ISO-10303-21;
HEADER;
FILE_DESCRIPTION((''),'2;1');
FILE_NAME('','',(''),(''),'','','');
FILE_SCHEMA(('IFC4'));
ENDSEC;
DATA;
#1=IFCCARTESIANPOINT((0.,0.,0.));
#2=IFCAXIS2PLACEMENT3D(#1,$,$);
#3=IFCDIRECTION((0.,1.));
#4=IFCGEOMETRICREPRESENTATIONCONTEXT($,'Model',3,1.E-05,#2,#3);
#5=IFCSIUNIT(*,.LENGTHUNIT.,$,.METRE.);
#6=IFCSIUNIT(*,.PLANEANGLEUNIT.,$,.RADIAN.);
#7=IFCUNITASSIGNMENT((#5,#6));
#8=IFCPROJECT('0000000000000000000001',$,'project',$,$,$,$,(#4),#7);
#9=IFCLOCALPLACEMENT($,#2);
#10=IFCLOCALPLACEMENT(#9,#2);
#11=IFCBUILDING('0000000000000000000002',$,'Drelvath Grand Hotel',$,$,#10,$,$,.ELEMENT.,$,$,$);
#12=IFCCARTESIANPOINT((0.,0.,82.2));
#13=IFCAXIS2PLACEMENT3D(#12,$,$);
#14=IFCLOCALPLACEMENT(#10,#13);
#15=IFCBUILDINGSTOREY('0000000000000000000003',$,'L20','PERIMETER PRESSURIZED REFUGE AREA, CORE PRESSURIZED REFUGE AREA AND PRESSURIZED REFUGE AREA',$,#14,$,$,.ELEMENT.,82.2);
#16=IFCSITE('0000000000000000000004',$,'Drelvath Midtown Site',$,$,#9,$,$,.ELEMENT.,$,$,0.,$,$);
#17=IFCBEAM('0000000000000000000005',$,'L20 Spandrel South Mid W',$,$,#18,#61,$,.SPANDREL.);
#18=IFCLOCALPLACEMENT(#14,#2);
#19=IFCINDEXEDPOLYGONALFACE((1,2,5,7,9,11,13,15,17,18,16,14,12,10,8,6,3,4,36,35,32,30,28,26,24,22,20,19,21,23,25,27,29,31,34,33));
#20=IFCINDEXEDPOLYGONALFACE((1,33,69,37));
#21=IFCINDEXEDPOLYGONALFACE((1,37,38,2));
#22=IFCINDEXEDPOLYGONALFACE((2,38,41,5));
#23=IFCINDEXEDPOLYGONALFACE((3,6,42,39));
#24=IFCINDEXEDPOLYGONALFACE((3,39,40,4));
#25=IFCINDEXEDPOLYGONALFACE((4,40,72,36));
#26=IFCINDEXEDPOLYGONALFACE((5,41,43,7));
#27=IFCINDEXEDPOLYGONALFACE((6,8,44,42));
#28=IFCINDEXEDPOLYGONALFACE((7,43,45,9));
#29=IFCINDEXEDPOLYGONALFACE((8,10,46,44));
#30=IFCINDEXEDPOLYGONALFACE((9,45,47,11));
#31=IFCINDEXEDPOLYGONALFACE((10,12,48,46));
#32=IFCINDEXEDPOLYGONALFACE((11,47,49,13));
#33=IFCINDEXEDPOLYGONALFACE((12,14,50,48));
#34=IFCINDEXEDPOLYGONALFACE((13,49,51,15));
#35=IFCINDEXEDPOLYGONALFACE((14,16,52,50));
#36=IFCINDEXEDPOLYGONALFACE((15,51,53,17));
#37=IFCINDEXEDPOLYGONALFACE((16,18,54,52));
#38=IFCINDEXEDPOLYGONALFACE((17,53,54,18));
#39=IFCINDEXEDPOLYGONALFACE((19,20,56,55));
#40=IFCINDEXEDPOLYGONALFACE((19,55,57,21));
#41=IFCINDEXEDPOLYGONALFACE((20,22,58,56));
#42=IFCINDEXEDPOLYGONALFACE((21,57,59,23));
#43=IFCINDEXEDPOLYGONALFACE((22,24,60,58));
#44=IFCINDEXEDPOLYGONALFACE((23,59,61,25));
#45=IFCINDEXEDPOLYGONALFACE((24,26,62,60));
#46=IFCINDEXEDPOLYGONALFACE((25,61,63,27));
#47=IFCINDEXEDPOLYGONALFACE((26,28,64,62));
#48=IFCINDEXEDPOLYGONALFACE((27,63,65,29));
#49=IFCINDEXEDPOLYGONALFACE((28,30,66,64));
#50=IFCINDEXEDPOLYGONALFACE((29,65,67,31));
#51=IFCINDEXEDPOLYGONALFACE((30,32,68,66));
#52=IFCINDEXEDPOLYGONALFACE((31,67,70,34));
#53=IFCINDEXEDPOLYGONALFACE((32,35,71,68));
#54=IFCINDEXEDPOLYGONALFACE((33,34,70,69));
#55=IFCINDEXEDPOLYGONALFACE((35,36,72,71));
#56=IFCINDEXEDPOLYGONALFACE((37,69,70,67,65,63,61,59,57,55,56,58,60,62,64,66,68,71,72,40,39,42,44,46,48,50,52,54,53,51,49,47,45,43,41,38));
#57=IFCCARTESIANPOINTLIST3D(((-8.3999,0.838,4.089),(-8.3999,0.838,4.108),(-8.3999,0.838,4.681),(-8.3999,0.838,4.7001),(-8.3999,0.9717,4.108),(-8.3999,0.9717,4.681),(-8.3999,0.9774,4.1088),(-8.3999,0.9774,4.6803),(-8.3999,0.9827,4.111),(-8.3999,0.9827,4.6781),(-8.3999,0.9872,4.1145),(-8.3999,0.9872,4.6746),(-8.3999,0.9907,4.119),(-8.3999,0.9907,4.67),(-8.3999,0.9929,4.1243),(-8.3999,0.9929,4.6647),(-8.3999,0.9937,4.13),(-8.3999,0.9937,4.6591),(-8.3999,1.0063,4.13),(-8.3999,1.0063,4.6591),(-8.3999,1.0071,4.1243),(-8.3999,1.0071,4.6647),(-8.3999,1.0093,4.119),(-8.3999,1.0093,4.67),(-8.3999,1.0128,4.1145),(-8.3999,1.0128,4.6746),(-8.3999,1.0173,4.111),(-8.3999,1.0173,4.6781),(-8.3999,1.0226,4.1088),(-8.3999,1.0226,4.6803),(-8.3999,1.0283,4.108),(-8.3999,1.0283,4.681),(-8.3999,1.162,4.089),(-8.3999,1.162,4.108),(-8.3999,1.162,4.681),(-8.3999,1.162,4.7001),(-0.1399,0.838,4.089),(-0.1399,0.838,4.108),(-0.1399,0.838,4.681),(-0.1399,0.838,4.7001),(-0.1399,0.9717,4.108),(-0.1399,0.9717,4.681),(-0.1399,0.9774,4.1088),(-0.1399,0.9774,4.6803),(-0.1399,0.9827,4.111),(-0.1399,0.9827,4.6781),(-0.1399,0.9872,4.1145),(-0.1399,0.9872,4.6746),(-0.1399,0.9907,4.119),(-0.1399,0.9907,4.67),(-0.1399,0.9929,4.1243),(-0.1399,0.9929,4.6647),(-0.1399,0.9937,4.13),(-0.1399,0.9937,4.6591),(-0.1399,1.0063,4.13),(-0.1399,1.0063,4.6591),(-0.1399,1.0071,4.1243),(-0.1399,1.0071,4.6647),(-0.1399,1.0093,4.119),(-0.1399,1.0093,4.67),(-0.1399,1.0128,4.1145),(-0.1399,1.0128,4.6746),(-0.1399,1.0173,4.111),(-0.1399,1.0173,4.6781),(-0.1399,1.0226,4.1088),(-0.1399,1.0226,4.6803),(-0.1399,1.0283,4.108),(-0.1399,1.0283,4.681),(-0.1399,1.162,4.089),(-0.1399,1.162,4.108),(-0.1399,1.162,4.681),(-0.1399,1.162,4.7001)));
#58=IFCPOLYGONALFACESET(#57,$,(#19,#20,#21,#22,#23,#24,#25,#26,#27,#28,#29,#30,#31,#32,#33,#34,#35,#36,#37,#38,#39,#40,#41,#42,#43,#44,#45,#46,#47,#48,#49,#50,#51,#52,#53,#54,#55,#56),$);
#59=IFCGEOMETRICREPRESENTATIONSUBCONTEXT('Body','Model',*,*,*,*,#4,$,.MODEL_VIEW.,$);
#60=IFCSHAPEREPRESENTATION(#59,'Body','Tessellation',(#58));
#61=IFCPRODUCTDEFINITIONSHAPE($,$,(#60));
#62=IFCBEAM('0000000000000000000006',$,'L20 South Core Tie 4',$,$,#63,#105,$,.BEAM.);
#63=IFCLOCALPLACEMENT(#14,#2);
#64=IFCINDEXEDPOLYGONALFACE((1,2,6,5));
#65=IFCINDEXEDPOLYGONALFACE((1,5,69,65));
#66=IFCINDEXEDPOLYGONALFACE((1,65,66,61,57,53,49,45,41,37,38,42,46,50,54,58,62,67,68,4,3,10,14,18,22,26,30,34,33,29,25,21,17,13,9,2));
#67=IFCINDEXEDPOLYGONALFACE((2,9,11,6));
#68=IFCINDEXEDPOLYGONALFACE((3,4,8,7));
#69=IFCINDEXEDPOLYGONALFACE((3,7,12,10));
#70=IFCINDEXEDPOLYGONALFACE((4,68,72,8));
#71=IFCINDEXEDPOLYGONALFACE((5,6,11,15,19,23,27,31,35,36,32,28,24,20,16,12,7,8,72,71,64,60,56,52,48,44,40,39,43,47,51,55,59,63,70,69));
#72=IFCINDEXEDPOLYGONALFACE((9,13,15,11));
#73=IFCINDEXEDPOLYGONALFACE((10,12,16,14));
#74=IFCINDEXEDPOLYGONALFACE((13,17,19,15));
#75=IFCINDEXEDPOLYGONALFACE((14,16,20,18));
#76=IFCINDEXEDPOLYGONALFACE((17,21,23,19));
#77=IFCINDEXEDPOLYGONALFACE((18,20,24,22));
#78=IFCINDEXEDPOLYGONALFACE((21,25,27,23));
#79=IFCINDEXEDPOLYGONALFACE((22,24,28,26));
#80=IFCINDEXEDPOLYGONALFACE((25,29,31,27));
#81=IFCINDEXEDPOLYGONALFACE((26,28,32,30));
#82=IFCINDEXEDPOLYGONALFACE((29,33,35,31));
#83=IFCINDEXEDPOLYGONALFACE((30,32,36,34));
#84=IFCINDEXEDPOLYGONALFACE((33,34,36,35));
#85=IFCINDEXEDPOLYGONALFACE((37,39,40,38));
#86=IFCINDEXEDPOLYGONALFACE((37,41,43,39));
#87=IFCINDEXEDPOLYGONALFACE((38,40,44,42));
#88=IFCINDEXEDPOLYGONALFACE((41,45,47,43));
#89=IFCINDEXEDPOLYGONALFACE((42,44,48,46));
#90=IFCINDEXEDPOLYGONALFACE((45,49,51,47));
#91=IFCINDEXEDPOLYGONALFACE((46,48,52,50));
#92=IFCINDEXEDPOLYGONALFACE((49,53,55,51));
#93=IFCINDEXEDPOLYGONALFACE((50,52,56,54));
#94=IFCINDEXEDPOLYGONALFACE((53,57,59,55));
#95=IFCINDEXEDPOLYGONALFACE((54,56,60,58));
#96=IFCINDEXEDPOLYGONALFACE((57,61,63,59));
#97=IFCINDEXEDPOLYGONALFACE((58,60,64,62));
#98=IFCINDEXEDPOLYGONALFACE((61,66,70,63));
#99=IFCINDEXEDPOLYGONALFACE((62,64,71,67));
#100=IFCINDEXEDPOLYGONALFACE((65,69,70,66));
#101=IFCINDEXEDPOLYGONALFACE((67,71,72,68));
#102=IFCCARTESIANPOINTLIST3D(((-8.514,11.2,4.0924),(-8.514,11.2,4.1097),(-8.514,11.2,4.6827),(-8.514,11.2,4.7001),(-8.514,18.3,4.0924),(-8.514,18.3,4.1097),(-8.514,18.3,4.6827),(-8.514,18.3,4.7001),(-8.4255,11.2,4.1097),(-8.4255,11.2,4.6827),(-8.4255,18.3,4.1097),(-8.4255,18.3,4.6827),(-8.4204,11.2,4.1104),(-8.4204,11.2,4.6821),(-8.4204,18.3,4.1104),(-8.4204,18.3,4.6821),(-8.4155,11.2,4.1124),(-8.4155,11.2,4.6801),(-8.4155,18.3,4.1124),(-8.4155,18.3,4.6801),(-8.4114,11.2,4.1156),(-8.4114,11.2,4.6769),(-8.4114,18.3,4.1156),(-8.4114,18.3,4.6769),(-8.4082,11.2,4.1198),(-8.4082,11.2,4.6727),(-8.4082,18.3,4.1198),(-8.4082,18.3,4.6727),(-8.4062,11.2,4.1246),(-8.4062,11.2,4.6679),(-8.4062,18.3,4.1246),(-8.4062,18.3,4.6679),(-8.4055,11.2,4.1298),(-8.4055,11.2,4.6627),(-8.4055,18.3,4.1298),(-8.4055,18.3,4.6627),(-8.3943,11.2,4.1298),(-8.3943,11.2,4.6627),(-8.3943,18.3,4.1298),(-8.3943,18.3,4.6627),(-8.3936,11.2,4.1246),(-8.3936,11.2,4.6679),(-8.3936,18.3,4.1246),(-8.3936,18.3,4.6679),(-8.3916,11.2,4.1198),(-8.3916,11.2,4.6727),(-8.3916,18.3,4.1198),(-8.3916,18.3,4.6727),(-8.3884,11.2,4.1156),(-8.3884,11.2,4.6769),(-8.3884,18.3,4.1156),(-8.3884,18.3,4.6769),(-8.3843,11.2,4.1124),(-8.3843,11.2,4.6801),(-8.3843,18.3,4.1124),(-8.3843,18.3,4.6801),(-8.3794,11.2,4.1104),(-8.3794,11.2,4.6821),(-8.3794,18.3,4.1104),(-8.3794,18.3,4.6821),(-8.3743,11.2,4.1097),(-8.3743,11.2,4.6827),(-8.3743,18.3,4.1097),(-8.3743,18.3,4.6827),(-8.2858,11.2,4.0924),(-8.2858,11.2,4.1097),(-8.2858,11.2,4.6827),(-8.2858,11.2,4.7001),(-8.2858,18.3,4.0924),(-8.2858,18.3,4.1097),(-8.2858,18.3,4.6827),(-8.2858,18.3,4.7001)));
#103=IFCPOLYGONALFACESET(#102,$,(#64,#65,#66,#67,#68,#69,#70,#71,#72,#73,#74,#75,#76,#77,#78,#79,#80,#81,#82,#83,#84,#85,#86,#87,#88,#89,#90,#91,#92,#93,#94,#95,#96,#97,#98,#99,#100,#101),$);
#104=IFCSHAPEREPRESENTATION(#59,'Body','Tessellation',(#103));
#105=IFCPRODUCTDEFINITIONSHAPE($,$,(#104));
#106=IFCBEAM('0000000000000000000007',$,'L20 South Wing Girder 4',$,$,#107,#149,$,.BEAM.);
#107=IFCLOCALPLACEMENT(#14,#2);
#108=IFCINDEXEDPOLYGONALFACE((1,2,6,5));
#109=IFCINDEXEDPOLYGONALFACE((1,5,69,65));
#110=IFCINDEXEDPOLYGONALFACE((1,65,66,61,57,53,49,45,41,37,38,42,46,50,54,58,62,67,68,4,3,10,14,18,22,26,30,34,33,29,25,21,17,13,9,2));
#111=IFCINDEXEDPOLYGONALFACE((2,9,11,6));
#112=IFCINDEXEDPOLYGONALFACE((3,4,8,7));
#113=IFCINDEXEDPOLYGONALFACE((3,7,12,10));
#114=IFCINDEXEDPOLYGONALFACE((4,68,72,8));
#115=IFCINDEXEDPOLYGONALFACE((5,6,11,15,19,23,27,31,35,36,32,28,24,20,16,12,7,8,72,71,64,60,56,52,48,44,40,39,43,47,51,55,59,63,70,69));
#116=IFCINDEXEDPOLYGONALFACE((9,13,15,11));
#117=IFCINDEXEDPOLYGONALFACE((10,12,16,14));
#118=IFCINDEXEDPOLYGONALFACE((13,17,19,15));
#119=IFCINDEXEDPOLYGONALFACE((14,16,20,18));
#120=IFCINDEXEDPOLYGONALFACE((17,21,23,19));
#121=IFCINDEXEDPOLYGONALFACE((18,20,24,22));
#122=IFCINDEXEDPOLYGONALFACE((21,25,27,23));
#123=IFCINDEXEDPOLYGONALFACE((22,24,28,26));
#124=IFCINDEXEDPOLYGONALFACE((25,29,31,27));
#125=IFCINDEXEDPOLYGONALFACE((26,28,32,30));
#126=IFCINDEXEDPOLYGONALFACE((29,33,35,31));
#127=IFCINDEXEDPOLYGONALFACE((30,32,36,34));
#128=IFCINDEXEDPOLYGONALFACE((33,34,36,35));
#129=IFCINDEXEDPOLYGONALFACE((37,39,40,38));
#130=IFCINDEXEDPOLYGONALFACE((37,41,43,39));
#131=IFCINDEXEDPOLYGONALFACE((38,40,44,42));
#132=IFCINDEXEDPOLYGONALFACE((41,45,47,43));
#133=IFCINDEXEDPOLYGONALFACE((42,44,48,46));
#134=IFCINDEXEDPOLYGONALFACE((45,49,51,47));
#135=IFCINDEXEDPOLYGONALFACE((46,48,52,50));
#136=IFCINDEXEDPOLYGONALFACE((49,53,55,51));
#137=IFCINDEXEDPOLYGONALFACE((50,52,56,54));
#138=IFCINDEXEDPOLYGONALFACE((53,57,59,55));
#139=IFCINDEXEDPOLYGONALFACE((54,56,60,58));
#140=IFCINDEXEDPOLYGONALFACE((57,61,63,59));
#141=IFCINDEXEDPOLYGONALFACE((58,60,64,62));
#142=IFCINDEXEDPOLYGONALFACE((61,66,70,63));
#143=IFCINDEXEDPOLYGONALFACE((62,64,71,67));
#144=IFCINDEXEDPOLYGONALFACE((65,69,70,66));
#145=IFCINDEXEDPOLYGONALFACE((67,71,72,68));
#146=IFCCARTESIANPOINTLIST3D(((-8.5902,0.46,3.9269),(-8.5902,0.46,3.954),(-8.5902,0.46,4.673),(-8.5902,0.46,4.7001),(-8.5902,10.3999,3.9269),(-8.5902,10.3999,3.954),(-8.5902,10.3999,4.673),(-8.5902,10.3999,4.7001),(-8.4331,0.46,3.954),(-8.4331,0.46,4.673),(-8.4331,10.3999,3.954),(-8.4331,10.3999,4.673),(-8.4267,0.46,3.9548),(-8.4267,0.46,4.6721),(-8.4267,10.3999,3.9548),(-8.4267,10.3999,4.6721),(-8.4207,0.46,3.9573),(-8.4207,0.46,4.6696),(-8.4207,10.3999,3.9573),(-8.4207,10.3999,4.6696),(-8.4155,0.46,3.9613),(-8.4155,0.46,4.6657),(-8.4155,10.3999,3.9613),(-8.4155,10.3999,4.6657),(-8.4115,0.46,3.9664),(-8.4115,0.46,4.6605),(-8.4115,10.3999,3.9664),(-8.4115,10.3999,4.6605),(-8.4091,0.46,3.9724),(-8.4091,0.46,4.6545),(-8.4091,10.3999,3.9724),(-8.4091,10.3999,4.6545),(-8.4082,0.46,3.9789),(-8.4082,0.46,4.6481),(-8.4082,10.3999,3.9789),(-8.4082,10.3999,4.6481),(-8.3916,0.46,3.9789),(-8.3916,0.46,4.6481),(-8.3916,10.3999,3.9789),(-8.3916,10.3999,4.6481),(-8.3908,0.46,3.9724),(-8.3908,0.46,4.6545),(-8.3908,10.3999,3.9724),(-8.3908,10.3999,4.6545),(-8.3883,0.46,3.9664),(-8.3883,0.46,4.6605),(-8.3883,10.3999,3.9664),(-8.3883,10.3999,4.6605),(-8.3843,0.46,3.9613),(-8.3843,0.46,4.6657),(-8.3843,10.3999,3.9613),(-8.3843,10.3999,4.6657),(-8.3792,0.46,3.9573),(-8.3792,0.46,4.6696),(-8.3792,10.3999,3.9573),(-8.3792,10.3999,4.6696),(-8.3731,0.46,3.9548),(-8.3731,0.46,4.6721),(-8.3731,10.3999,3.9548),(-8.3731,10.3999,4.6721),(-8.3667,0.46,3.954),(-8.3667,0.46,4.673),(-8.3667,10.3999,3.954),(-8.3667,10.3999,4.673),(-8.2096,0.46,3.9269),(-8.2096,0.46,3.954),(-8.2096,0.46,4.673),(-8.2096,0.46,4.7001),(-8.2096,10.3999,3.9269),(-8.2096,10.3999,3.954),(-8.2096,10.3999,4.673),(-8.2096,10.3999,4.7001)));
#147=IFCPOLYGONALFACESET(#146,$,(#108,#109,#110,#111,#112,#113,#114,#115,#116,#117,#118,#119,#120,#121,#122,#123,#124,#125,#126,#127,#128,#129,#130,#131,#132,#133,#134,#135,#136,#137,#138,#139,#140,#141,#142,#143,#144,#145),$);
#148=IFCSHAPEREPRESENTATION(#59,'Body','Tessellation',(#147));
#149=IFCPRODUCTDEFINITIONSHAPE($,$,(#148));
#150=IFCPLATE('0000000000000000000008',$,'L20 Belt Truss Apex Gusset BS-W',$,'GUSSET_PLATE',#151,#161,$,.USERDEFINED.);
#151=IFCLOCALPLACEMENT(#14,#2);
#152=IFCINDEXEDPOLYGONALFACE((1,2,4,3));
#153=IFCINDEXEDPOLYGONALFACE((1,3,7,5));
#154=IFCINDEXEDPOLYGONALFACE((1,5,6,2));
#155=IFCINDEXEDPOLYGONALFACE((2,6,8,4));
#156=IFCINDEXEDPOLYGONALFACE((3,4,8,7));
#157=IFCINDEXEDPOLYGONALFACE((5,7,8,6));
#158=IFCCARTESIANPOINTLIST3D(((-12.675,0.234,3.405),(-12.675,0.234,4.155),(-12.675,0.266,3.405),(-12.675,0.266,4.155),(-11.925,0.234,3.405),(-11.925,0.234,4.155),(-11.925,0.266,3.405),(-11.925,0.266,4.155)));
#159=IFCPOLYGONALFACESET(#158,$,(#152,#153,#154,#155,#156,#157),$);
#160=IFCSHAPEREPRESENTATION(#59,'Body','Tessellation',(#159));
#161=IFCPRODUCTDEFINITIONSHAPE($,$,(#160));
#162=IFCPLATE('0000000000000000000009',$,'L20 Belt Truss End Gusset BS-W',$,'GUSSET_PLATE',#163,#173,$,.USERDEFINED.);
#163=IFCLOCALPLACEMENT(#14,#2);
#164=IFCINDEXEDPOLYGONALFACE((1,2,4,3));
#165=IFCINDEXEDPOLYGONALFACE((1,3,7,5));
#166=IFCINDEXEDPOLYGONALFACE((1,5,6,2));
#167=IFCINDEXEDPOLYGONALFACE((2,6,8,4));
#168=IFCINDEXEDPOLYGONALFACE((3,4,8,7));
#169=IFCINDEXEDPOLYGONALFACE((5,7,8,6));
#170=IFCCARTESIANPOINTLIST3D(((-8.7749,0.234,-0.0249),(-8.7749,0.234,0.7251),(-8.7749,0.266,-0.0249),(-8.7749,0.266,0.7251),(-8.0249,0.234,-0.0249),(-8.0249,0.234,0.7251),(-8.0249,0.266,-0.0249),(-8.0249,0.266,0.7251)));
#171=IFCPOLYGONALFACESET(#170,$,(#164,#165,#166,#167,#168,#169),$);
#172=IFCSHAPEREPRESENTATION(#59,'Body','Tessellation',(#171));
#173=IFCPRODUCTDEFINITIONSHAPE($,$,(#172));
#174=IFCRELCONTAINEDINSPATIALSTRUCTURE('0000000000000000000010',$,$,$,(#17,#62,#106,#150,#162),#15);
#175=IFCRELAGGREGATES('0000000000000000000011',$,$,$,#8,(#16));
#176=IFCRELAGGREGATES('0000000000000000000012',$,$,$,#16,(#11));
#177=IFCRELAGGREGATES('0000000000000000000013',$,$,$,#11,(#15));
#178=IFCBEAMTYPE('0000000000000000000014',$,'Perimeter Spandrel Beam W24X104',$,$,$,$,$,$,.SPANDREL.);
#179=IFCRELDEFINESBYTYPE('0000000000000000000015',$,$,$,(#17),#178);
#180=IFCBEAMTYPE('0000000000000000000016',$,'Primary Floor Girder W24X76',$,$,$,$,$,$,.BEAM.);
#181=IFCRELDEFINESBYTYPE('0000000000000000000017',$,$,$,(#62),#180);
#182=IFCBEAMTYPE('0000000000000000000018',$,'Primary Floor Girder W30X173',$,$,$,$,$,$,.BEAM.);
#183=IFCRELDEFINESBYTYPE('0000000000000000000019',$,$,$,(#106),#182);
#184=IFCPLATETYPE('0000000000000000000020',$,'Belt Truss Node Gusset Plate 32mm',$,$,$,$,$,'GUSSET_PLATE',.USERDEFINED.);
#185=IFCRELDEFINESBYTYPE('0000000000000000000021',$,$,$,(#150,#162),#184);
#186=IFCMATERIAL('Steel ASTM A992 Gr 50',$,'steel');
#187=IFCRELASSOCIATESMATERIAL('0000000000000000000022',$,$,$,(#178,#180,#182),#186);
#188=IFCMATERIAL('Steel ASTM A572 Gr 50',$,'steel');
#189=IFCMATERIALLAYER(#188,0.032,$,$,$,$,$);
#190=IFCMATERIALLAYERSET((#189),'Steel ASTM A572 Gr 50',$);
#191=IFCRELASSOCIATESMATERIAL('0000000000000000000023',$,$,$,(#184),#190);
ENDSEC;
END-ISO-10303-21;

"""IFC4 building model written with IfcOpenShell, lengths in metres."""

from ifc_helpers import new_model, si_unit, direction, frame, origin, origin_2d, place, context, subcontext, project, spatial, rectangle, i_section, extrude, material, layer, layer_set, material_profile, profile_set, type_object, element, save


model = new_model("IFC4")

# Units and contexts
model_context = context("Model", 3, precision=1e-05, world=origin(), true_north=direction((0.0, 1.0)))
body_context = subcontext(model_context, "Body", "Model", "MODEL_VIEW")
ifc_project = project(units=[si_unit("LENGTHUNIT", "METRE"), si_unit("PLANEANGLEUNIT", "RADIAN")], contexts=[model_context])

# Site, building, storey
site_placement = place(None, origin())
site = spatial("IfcSite", under=ifc_project, at=site_placement, Name="Drelvath Midtown Site", CompositionType="ELEMENT", RefElevation=0.0)
building_placement = place(site_placement, origin())
building = spatial("IfcBuilding", under=site, at=building_placement, Name="Drelvath Grand Hotel", CompositionType="ELEMENT")
storey_placement = place(building_placement, frame((0.0, 0.0, 82.2)))
storey = spatial("IfcBuildingStorey", under=building, at=storey_placement, Name="L20", Description="PERIMETER PRESSURIZED REFUGE AREA, CORE PRESSURIZED REFUGE AREA AND PRESSURIZED REFUGE AREA", CompositionType="ELEMENT", Elevation=82.2)

# Shared definitions
ifc_material_1 = material(Name="Steel ASTM A992 Gr 50", Category="steel")

# Beams
ifc_material_profile_1 = material_profile(ifc_material_1, i_section(OverallWidth=0.324, OverallDepth=0.6111, WebThickness=0.0127, FlangeThickness=0.019, FilletRadius=0.022, at=origin_2d()), Name="W24X104")
ifc_profile_set_1 = profile_set([ifc_material_profile_1], Name="Steel ASTM A992 Gr 50")
beam_type_1 = type_object("IfcBeamType", Name="Perimeter Spandrel Beam W24X104", PredefinedType="SPANDREL", material=ifc_profile_set_1)
beam_1_placement = place(storey_placement, frame((-8.3999, 1.0, 4.3945), z_axis=(1.0, 0.0, 0.0), x_axis=(0.0, 1.0, 0.0)))
element("IfcBeam", 1, at=beam_1_placement, inside=storey, type_object=beam_type_1, Name="L20 Spandrel South Mid W", PredefinedType="SPANDREL", context=body_context, shape_type="SweptSolid", body=[
    extrude(i_section(OverallWidth=0.324, OverallDepth=0.6111, WebThickness=0.0127, FlangeThickness=0.019, FilletRadius=0.022, at=origin_2d()), origin(), (0.0, 0.0, 1.0), 8.26),
])
ifc_material_profile_2 = material_profile(ifc_material_1, i_section(OverallWidth=0.2283, OverallDepth=0.6077, WebThickness=0.0112, FlangeThickness=0.0173, FilletRadius=0.02, at=origin_2d()), Name="W24X76")
ifc_profile_set_2 = profile_set([ifc_material_profile_2], Name="Steel ASTM A992 Gr 50")
beam_type_2 = type_object("IfcBeamType", Name="Primary Floor Girder W24X76", PredefinedType="BEAM", material=ifc_profile_set_2)
beam_2_placement = place(storey_placement, frame((-8.3999, 11.2, 4.3962), z_axis=(0.0, 1.0, 0.0), x_axis=(-1.0, 0.0, 0.0)))
element("IfcBeam", 2, at=beam_2_placement, inside=storey, type_object=beam_type_2, Name="L20 South Core Tie 4", PredefinedType="BEAM", context=body_context, shape_type="SweptSolid", body=[
    extrude(i_section(OverallWidth=0.2283, OverallDepth=0.6077, WebThickness=0.0112, FlangeThickness=0.0173, FilletRadius=0.02, at=origin_2d()), origin(), (0.0, 0.0, 1.0), 7.1001),
])
ifc_material_profile_3 = material_profile(ifc_material_1, i_section(OverallWidth=0.3806, OverallDepth=0.7732, WebThickness=0.0166, FlangeThickness=0.0271, FilletRadius=0.0249, at=origin_2d()), Name="W30X173")
ifc_profile_set_3 = profile_set([ifc_material_profile_3], Name="Steel ASTM A992 Gr 50")
beam_type_3 = type_object("IfcBeamType", Name="Primary Floor Girder W30X173", PredefinedType="BEAM", material=ifc_profile_set_3)
beam_3_placement = place(storey_placement, frame((-8.3999, 0.46, 4.3135), z_axis=(0.0, 1.0, 0.0), x_axis=(-1.0, 0.0, 0.0)))
element("IfcBeam", 3, at=beam_3_placement, inside=storey, type_object=beam_type_3, Name="L20 South Wing Girder 4", PredefinedType="BEAM", context=body_context, shape_type="SweptSolid", body=[
    extrude(i_section(OverallWidth=0.3806, OverallDepth=0.7732, WebThickness=0.0166, FlangeThickness=0.0271, FilletRadius=0.0249, at=origin_2d()), origin(), (0.0, 0.0, 1.0), 9.9399),
])

# Plates
ifc_material_2 = material(Name="Steel ASTM A572 Gr 50", Category="steel")
ifc_layer_1 = layer(ifc_material_2, 0.032)
ifc_layer_set_1 = layer_set([ifc_layer_1], Name="Steel ASTM A572 Gr 50")
plate_type_1 = type_object("IfcPlateType", Name="Belt Truss Node Gusset Plate 32mm", ElementType="GUSSET_PLATE", PredefinedType="USERDEFINED", material=ifc_layer_set_1)
for number, where, z_axis, x_axis, name in (
    (4, (-12.3, 0.25, 3.405), (0.0, 0.0, 1.0), (1.0, 0.0, 0.0), "L20 Belt Truss Apex Gusset BS-W"),
    (5, (-8.3999, 0.25, -0.0249), (0.0, 0.0, 1.0), (1.0, 0.0, 0.0), "L20 Belt Truss End Gusset BS-W"),
):
    element("IfcPlate", number, at=place(storey_placement, frame(where, z_axis=z_axis, x_axis=x_axis)), inside=storey, type_object=plate_type_1, Name=name, ObjectType="GUSSET_PLATE", PredefinedType="USERDEFINED", context=body_context, shape_type="SweptSolid", body=[
        extrude(rectangle(XDim=0.75, YDim=0.032, at=origin_2d()), origin(), (0.0, 0.0, 1.0), 0.75),
    ])

save(model, "model.ifc")
